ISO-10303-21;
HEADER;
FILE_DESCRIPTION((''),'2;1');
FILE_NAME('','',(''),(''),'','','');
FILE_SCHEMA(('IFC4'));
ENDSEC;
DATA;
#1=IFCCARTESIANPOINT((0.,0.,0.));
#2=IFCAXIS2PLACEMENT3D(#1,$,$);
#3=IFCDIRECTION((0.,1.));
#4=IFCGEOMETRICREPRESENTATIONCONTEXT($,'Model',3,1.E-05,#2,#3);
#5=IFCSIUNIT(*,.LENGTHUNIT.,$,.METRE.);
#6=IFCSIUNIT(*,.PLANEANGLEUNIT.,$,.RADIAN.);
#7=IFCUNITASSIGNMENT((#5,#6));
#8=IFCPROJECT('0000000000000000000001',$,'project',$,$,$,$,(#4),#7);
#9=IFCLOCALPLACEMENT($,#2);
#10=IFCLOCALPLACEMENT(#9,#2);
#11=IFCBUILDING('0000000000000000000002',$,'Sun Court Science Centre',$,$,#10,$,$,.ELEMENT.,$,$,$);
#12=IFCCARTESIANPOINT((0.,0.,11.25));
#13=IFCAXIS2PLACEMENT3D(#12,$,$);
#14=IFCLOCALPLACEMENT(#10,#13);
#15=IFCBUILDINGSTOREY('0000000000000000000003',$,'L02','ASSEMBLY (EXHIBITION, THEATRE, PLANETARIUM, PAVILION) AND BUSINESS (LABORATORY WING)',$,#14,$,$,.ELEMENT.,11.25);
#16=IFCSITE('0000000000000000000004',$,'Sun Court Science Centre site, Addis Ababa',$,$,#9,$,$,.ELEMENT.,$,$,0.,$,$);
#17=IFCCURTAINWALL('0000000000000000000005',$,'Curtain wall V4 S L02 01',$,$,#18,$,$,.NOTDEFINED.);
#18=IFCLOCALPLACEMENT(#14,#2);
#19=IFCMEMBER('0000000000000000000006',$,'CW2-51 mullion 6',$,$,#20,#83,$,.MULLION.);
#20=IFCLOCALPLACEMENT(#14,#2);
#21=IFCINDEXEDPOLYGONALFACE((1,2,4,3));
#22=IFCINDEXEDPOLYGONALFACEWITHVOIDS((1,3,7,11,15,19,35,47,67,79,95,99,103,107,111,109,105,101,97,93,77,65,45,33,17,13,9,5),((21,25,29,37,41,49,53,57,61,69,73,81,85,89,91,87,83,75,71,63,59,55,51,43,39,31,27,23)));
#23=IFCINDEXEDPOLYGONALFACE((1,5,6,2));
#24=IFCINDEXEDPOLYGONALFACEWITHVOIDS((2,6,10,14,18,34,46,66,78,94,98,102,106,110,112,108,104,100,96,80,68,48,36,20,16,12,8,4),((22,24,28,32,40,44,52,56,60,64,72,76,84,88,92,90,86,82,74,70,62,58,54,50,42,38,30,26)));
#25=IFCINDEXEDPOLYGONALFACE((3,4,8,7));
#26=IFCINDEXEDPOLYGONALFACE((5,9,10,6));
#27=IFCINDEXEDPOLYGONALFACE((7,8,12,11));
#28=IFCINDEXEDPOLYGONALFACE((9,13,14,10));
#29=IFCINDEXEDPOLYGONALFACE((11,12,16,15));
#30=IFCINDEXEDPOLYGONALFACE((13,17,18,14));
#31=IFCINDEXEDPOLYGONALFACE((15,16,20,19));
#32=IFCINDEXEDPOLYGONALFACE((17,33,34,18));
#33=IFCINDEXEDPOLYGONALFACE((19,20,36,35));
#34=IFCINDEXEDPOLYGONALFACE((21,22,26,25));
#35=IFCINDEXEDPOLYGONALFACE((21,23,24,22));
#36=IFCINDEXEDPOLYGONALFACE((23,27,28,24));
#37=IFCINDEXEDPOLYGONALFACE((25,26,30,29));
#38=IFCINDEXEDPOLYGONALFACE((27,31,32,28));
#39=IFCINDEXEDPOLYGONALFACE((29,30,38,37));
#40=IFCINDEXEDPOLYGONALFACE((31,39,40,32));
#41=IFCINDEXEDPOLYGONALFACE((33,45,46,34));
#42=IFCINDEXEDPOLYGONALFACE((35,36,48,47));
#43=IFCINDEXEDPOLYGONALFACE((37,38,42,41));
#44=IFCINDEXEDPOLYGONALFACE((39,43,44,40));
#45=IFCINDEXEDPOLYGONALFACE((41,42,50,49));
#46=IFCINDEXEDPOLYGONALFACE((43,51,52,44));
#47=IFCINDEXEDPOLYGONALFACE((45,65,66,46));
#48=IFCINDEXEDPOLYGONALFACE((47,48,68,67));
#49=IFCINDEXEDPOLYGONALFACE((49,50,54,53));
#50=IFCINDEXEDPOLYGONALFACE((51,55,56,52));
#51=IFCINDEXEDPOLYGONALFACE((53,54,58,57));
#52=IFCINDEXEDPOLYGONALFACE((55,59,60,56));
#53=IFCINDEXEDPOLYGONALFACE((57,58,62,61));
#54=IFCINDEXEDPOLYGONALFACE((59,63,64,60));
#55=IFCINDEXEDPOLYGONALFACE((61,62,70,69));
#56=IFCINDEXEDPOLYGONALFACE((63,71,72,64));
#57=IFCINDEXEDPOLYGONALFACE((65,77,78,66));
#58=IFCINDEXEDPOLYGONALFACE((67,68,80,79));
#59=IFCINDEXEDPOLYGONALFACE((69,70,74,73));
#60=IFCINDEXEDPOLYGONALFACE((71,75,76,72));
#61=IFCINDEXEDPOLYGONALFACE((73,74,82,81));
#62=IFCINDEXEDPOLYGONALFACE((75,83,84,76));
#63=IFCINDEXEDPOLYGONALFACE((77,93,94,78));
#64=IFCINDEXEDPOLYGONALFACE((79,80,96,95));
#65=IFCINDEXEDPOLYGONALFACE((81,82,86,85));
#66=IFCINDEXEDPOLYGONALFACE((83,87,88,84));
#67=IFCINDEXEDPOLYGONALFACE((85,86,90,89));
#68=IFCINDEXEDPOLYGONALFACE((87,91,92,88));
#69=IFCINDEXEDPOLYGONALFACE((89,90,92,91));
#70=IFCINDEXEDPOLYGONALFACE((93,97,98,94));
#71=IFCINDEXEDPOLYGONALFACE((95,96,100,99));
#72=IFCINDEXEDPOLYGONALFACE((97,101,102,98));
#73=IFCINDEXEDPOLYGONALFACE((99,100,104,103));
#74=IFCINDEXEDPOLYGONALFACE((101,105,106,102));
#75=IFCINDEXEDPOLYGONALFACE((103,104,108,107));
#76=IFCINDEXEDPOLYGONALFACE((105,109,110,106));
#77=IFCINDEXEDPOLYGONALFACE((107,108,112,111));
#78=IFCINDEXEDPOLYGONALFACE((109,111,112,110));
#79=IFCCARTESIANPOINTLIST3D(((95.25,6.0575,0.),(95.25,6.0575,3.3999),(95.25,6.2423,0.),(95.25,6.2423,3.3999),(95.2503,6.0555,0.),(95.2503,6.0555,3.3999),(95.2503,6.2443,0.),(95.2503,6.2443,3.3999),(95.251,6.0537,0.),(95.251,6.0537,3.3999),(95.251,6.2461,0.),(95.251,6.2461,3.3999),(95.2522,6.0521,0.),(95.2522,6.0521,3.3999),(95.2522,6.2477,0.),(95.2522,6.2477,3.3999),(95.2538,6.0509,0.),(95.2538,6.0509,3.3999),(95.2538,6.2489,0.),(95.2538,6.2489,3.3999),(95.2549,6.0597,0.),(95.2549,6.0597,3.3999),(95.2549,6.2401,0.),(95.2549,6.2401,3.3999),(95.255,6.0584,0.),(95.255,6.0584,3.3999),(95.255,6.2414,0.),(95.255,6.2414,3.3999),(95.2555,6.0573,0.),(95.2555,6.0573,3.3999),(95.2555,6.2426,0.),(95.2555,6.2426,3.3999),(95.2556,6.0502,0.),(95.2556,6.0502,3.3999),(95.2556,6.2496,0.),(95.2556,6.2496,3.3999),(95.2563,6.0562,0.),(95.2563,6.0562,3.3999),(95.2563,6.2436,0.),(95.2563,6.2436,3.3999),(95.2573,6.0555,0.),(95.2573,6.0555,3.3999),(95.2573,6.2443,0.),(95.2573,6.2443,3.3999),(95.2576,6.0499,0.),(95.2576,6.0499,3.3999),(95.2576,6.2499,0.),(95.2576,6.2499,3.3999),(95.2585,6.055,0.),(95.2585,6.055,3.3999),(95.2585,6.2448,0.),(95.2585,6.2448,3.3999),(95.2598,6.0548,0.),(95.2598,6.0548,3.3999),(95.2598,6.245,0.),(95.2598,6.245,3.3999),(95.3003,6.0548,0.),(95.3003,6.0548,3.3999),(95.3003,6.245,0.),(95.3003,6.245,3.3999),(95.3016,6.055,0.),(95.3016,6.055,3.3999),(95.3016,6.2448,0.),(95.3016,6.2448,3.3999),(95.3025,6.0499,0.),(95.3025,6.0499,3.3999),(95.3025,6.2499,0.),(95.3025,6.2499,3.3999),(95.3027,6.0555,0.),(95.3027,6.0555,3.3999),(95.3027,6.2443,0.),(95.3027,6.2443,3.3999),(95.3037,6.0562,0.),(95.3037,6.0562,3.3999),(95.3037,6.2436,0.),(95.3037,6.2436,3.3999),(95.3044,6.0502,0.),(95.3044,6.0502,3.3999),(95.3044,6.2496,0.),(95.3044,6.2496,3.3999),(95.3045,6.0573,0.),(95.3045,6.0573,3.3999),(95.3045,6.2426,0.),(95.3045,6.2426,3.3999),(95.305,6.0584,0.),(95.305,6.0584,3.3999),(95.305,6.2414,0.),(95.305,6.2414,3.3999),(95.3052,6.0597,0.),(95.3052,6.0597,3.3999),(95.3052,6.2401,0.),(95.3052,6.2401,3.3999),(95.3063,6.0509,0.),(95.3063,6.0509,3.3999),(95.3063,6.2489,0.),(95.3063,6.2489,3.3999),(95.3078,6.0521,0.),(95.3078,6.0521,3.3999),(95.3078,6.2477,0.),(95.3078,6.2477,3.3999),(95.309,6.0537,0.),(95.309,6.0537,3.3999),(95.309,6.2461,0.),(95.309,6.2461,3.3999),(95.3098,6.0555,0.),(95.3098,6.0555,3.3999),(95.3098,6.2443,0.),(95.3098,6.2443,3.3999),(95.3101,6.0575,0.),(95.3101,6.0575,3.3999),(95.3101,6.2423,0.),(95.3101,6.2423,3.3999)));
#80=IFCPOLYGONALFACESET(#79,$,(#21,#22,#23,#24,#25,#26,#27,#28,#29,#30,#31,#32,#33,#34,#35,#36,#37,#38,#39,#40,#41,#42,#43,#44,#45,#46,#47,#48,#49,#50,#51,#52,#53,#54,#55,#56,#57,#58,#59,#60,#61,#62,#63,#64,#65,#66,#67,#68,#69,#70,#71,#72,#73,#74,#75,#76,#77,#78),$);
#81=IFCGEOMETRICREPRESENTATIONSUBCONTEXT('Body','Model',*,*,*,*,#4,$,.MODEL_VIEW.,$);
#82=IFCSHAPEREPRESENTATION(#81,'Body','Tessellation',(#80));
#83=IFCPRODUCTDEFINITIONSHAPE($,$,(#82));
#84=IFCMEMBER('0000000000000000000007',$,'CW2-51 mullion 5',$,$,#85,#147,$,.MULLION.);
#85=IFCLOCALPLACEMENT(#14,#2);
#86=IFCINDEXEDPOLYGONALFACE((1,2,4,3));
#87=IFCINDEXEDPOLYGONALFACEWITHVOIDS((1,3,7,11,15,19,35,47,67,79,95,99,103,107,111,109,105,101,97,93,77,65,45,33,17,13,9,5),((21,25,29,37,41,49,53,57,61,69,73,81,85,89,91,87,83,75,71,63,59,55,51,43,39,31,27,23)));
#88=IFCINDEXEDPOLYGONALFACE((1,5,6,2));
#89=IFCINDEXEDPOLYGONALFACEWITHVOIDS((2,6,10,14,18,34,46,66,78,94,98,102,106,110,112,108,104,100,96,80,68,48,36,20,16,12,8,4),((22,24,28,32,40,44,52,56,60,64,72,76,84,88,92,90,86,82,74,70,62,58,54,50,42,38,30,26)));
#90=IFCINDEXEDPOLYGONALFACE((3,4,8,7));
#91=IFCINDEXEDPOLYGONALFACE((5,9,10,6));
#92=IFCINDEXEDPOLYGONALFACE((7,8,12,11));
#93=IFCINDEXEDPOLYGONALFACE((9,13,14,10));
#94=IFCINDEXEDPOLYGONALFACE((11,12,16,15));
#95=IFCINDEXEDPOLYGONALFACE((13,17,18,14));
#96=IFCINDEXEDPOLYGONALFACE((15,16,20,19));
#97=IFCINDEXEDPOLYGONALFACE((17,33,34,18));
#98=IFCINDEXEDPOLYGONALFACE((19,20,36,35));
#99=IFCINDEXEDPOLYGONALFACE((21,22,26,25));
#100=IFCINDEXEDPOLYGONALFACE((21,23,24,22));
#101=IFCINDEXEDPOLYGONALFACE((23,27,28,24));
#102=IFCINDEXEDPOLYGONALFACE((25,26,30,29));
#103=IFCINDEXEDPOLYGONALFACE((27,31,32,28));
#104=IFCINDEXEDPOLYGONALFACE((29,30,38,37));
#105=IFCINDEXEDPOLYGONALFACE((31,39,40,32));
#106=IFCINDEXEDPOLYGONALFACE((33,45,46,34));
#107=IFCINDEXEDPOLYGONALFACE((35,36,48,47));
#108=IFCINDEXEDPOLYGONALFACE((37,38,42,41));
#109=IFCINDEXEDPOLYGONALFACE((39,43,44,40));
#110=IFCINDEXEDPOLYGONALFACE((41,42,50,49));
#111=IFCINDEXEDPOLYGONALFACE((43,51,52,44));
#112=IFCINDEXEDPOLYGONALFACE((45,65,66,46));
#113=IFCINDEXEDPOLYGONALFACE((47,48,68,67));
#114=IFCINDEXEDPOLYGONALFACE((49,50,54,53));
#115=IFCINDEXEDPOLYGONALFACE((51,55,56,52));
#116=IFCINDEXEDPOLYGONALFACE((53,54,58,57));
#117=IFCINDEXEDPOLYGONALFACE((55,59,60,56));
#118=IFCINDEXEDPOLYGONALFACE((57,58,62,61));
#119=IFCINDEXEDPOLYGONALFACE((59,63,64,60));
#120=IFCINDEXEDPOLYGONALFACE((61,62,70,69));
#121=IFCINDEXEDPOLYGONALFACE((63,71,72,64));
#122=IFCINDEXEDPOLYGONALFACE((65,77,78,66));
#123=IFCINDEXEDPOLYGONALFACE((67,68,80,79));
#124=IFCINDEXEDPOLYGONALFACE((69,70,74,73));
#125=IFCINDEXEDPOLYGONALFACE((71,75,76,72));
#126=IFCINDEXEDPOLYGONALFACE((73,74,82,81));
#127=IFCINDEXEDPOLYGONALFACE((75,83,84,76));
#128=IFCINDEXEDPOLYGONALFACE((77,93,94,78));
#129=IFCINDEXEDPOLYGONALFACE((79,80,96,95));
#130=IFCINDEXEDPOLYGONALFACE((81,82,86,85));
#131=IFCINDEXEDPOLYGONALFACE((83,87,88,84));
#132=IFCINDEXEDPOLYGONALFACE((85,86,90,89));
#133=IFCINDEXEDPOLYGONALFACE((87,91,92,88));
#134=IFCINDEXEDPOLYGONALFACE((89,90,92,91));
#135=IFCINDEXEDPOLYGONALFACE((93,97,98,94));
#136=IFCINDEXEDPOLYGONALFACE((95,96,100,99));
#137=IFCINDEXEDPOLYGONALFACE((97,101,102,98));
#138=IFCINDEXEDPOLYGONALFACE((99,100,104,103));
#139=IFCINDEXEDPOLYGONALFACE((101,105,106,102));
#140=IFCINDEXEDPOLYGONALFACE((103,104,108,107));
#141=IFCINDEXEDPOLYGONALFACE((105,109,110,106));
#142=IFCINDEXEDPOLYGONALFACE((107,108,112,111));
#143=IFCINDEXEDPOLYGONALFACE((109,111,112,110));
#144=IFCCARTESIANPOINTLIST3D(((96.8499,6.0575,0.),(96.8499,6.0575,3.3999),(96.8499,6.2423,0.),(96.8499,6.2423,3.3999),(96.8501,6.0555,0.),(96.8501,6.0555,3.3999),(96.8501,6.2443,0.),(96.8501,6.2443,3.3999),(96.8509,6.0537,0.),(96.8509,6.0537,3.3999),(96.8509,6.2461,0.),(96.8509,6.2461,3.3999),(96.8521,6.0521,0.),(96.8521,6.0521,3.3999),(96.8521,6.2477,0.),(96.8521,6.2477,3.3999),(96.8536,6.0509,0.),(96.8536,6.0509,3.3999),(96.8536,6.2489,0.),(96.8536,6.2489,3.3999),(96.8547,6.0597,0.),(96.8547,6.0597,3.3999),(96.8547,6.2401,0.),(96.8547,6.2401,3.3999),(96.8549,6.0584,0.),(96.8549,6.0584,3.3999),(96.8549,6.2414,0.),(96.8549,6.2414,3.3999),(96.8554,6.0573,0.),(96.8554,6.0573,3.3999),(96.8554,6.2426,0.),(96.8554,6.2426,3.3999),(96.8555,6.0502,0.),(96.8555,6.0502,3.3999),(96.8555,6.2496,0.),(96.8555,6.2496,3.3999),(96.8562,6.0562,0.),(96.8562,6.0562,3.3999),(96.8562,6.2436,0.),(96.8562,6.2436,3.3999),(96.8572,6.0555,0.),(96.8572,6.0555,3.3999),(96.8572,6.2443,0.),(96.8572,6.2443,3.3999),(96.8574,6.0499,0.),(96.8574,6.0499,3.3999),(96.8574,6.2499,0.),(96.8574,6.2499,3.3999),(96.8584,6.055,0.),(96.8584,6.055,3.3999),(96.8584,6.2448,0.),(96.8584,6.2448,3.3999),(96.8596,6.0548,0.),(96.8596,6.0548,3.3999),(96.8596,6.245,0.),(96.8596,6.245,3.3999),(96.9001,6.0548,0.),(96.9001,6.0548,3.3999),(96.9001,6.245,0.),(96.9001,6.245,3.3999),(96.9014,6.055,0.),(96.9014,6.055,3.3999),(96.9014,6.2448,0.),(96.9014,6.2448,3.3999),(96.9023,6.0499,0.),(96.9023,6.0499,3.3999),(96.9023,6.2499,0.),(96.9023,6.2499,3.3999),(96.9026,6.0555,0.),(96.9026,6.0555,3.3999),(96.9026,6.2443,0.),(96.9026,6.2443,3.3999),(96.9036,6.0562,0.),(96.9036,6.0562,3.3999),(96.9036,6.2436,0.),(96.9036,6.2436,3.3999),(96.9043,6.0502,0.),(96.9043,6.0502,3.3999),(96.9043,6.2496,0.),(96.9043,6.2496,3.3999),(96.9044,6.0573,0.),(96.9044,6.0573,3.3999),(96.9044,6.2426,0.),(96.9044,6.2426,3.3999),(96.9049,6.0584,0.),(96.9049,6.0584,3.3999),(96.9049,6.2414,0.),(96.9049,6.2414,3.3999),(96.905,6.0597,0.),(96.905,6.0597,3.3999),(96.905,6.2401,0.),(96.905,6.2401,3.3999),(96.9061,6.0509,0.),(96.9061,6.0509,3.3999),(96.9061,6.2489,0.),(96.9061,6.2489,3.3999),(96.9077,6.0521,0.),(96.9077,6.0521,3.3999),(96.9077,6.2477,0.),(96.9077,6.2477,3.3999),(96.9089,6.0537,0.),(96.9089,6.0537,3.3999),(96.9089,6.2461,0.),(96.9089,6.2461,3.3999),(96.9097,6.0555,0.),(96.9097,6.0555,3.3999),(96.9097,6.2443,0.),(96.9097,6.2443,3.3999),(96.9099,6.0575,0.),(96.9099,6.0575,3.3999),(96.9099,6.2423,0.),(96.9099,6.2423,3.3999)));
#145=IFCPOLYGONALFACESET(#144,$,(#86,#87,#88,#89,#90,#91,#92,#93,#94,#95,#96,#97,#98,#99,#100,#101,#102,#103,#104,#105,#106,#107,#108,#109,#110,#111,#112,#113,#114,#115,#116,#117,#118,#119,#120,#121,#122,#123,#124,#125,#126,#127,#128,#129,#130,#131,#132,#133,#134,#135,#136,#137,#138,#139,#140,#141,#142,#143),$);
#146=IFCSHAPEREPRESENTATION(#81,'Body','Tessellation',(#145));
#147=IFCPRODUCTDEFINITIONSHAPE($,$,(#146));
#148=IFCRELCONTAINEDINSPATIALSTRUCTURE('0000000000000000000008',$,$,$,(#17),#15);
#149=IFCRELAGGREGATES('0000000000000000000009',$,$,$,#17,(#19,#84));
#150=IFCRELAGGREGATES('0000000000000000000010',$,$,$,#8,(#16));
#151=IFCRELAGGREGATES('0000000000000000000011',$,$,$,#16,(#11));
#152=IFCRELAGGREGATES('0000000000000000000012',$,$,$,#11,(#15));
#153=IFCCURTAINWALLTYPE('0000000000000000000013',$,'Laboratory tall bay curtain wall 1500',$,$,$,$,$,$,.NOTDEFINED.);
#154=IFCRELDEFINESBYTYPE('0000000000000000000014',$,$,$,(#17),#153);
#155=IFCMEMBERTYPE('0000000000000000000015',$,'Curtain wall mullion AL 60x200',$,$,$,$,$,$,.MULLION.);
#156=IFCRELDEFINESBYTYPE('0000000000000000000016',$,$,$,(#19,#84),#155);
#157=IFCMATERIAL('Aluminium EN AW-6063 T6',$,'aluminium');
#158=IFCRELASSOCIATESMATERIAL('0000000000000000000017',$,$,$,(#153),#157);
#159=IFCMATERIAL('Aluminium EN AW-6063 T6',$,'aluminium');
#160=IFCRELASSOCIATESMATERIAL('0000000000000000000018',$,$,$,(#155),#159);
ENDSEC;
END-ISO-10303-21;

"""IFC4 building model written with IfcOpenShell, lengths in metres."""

from ifc_helpers import new_model, si_unit, direction, frame, origin, origin_2d, place, context, subcontext, project, spatial, hollow_rectangle, extrude, material, material_profile, profile_set, type_object, element, aggregate, save


model = new_model("IFC4")

# Units and contexts
model_context = context("Model", 3, precision=1e-05, world=origin(), true_north=direction((0.0, 1.0)))
body_context = subcontext(model_context, "Body", "Model", "MODEL_VIEW")
ifc_project = project(units=[si_unit("LENGTHUNIT", "METRE"), si_unit("PLANEANGLEUNIT", "RADIAN")], contexts=[model_context])

# Site, building, storey
site_placement = place(None, origin())
site = spatial("IfcSite", under=ifc_project, at=site_placement, Name="Sun Court Science Centre site, Addis Ababa", CompositionType="ELEMENT", RefElevation=0.0)
building_placement = place(site_placement, origin())
building = spatial("IfcBuilding", under=site, at=building_placement, Name="Sun Court Science Centre", CompositionType="ELEMENT")
storey_placement = place(building_placement, frame((0.0, 0.0, 11.25)))
storey = spatial("IfcBuildingStorey", under=building, at=storey_placement, Name="L02", Description="ASSEMBLY (EXHIBITION, THEATRE, PLANETARIUM, PAVILION) AND BUSINESS (LABORATORY WING)", CompositionType="ELEMENT", Elevation=11.25)

# Curtain wall, members
ifc_material_1 = material(Name="Aluminium EN AW-6063 T6", Category="aluminium")
curtain_wall_type = type_object("IfcCurtainWallType", Name="Laboratory tall bay curtain wall 1500", PredefinedType="NOTDEFINED", material=ifc_material_1)
curtain_wall_1_placement = place(storey_placement, origin())
curtain_wall_1 = element("IfcCurtainWall", 1, at=curtain_wall_1_placement, inside=storey, type_object=curtain_wall_type, Name="Curtain wall V4 S L02 01", PredefinedType="NOTDEFINED")
ifc_material_2 = material(Name="Aluminium EN AW-6063 T6", Category="aluminium")
ifc_material_profile_1 = material_profile(ifc_material_2, hollow_rectangle(XDim=0.0601, YDim=0.2, WallThickness=0.0049, InnerFilletRadius=0.0049, OuterFilletRadius=0.0076, at=origin_2d()), Name="AL 60x200x5")
ifc_profile_set_1 = profile_set([ifc_material_profile_1], Name="Aluminium EN AW-6063 T6")
member_type_1 = type_object("IfcMemberType", Name="Curtain wall mullion AL 60x200", PredefinedType="MULLION", material=ifc_profile_set_1)
member_1_placement = place(storey_placement, frame((95.28, 6.1499, 0.0), z_axis=(0.0, 0.0, 1.0), x_axis=(-1.0, 0.0, 0.0)))
member_1 = element("IfcMember", 2, at=member_1_placement, type_object=member_type_1, Name="CW2-51 mullion 6", PredefinedType="MULLION", context=body_context, shape_type="SweptSolid", body=[
    extrude(hollow_rectangle(XDim=0.0601, YDim=0.2, WallThickness=0.0049, InnerFilletRadius=0.0049, OuterFilletRadius=0.0076, at=origin_2d()), origin(), (0.0, 0.0, 1.0), 3.3999),
])
member_2_placement = place(storey_placement, frame((96.8799, 6.1499, 0.0), z_axis=(0.0, 0.0, 1.0), x_axis=(-1.0, 0.0, 0.0)))
member_2 = element("IfcMember", 3, at=member_2_placement, type_object=member_type_1, Name="CW2-51 mullion 5", PredefinedType="MULLION", context=body_context, shape_type="SweptSolid", body=[
    extrude(hollow_rectangle(XDim=0.0601, YDim=0.2, WallThickness=0.0049, InnerFilletRadius=0.0049, OuterFilletRadius=0.0076, at=origin_2d()), origin(), (0.0, 0.0, 1.0), 3.3999),
])

aggregate(curtain_wall_1, [member_1, member_2])

save(model, "model.ifc")
